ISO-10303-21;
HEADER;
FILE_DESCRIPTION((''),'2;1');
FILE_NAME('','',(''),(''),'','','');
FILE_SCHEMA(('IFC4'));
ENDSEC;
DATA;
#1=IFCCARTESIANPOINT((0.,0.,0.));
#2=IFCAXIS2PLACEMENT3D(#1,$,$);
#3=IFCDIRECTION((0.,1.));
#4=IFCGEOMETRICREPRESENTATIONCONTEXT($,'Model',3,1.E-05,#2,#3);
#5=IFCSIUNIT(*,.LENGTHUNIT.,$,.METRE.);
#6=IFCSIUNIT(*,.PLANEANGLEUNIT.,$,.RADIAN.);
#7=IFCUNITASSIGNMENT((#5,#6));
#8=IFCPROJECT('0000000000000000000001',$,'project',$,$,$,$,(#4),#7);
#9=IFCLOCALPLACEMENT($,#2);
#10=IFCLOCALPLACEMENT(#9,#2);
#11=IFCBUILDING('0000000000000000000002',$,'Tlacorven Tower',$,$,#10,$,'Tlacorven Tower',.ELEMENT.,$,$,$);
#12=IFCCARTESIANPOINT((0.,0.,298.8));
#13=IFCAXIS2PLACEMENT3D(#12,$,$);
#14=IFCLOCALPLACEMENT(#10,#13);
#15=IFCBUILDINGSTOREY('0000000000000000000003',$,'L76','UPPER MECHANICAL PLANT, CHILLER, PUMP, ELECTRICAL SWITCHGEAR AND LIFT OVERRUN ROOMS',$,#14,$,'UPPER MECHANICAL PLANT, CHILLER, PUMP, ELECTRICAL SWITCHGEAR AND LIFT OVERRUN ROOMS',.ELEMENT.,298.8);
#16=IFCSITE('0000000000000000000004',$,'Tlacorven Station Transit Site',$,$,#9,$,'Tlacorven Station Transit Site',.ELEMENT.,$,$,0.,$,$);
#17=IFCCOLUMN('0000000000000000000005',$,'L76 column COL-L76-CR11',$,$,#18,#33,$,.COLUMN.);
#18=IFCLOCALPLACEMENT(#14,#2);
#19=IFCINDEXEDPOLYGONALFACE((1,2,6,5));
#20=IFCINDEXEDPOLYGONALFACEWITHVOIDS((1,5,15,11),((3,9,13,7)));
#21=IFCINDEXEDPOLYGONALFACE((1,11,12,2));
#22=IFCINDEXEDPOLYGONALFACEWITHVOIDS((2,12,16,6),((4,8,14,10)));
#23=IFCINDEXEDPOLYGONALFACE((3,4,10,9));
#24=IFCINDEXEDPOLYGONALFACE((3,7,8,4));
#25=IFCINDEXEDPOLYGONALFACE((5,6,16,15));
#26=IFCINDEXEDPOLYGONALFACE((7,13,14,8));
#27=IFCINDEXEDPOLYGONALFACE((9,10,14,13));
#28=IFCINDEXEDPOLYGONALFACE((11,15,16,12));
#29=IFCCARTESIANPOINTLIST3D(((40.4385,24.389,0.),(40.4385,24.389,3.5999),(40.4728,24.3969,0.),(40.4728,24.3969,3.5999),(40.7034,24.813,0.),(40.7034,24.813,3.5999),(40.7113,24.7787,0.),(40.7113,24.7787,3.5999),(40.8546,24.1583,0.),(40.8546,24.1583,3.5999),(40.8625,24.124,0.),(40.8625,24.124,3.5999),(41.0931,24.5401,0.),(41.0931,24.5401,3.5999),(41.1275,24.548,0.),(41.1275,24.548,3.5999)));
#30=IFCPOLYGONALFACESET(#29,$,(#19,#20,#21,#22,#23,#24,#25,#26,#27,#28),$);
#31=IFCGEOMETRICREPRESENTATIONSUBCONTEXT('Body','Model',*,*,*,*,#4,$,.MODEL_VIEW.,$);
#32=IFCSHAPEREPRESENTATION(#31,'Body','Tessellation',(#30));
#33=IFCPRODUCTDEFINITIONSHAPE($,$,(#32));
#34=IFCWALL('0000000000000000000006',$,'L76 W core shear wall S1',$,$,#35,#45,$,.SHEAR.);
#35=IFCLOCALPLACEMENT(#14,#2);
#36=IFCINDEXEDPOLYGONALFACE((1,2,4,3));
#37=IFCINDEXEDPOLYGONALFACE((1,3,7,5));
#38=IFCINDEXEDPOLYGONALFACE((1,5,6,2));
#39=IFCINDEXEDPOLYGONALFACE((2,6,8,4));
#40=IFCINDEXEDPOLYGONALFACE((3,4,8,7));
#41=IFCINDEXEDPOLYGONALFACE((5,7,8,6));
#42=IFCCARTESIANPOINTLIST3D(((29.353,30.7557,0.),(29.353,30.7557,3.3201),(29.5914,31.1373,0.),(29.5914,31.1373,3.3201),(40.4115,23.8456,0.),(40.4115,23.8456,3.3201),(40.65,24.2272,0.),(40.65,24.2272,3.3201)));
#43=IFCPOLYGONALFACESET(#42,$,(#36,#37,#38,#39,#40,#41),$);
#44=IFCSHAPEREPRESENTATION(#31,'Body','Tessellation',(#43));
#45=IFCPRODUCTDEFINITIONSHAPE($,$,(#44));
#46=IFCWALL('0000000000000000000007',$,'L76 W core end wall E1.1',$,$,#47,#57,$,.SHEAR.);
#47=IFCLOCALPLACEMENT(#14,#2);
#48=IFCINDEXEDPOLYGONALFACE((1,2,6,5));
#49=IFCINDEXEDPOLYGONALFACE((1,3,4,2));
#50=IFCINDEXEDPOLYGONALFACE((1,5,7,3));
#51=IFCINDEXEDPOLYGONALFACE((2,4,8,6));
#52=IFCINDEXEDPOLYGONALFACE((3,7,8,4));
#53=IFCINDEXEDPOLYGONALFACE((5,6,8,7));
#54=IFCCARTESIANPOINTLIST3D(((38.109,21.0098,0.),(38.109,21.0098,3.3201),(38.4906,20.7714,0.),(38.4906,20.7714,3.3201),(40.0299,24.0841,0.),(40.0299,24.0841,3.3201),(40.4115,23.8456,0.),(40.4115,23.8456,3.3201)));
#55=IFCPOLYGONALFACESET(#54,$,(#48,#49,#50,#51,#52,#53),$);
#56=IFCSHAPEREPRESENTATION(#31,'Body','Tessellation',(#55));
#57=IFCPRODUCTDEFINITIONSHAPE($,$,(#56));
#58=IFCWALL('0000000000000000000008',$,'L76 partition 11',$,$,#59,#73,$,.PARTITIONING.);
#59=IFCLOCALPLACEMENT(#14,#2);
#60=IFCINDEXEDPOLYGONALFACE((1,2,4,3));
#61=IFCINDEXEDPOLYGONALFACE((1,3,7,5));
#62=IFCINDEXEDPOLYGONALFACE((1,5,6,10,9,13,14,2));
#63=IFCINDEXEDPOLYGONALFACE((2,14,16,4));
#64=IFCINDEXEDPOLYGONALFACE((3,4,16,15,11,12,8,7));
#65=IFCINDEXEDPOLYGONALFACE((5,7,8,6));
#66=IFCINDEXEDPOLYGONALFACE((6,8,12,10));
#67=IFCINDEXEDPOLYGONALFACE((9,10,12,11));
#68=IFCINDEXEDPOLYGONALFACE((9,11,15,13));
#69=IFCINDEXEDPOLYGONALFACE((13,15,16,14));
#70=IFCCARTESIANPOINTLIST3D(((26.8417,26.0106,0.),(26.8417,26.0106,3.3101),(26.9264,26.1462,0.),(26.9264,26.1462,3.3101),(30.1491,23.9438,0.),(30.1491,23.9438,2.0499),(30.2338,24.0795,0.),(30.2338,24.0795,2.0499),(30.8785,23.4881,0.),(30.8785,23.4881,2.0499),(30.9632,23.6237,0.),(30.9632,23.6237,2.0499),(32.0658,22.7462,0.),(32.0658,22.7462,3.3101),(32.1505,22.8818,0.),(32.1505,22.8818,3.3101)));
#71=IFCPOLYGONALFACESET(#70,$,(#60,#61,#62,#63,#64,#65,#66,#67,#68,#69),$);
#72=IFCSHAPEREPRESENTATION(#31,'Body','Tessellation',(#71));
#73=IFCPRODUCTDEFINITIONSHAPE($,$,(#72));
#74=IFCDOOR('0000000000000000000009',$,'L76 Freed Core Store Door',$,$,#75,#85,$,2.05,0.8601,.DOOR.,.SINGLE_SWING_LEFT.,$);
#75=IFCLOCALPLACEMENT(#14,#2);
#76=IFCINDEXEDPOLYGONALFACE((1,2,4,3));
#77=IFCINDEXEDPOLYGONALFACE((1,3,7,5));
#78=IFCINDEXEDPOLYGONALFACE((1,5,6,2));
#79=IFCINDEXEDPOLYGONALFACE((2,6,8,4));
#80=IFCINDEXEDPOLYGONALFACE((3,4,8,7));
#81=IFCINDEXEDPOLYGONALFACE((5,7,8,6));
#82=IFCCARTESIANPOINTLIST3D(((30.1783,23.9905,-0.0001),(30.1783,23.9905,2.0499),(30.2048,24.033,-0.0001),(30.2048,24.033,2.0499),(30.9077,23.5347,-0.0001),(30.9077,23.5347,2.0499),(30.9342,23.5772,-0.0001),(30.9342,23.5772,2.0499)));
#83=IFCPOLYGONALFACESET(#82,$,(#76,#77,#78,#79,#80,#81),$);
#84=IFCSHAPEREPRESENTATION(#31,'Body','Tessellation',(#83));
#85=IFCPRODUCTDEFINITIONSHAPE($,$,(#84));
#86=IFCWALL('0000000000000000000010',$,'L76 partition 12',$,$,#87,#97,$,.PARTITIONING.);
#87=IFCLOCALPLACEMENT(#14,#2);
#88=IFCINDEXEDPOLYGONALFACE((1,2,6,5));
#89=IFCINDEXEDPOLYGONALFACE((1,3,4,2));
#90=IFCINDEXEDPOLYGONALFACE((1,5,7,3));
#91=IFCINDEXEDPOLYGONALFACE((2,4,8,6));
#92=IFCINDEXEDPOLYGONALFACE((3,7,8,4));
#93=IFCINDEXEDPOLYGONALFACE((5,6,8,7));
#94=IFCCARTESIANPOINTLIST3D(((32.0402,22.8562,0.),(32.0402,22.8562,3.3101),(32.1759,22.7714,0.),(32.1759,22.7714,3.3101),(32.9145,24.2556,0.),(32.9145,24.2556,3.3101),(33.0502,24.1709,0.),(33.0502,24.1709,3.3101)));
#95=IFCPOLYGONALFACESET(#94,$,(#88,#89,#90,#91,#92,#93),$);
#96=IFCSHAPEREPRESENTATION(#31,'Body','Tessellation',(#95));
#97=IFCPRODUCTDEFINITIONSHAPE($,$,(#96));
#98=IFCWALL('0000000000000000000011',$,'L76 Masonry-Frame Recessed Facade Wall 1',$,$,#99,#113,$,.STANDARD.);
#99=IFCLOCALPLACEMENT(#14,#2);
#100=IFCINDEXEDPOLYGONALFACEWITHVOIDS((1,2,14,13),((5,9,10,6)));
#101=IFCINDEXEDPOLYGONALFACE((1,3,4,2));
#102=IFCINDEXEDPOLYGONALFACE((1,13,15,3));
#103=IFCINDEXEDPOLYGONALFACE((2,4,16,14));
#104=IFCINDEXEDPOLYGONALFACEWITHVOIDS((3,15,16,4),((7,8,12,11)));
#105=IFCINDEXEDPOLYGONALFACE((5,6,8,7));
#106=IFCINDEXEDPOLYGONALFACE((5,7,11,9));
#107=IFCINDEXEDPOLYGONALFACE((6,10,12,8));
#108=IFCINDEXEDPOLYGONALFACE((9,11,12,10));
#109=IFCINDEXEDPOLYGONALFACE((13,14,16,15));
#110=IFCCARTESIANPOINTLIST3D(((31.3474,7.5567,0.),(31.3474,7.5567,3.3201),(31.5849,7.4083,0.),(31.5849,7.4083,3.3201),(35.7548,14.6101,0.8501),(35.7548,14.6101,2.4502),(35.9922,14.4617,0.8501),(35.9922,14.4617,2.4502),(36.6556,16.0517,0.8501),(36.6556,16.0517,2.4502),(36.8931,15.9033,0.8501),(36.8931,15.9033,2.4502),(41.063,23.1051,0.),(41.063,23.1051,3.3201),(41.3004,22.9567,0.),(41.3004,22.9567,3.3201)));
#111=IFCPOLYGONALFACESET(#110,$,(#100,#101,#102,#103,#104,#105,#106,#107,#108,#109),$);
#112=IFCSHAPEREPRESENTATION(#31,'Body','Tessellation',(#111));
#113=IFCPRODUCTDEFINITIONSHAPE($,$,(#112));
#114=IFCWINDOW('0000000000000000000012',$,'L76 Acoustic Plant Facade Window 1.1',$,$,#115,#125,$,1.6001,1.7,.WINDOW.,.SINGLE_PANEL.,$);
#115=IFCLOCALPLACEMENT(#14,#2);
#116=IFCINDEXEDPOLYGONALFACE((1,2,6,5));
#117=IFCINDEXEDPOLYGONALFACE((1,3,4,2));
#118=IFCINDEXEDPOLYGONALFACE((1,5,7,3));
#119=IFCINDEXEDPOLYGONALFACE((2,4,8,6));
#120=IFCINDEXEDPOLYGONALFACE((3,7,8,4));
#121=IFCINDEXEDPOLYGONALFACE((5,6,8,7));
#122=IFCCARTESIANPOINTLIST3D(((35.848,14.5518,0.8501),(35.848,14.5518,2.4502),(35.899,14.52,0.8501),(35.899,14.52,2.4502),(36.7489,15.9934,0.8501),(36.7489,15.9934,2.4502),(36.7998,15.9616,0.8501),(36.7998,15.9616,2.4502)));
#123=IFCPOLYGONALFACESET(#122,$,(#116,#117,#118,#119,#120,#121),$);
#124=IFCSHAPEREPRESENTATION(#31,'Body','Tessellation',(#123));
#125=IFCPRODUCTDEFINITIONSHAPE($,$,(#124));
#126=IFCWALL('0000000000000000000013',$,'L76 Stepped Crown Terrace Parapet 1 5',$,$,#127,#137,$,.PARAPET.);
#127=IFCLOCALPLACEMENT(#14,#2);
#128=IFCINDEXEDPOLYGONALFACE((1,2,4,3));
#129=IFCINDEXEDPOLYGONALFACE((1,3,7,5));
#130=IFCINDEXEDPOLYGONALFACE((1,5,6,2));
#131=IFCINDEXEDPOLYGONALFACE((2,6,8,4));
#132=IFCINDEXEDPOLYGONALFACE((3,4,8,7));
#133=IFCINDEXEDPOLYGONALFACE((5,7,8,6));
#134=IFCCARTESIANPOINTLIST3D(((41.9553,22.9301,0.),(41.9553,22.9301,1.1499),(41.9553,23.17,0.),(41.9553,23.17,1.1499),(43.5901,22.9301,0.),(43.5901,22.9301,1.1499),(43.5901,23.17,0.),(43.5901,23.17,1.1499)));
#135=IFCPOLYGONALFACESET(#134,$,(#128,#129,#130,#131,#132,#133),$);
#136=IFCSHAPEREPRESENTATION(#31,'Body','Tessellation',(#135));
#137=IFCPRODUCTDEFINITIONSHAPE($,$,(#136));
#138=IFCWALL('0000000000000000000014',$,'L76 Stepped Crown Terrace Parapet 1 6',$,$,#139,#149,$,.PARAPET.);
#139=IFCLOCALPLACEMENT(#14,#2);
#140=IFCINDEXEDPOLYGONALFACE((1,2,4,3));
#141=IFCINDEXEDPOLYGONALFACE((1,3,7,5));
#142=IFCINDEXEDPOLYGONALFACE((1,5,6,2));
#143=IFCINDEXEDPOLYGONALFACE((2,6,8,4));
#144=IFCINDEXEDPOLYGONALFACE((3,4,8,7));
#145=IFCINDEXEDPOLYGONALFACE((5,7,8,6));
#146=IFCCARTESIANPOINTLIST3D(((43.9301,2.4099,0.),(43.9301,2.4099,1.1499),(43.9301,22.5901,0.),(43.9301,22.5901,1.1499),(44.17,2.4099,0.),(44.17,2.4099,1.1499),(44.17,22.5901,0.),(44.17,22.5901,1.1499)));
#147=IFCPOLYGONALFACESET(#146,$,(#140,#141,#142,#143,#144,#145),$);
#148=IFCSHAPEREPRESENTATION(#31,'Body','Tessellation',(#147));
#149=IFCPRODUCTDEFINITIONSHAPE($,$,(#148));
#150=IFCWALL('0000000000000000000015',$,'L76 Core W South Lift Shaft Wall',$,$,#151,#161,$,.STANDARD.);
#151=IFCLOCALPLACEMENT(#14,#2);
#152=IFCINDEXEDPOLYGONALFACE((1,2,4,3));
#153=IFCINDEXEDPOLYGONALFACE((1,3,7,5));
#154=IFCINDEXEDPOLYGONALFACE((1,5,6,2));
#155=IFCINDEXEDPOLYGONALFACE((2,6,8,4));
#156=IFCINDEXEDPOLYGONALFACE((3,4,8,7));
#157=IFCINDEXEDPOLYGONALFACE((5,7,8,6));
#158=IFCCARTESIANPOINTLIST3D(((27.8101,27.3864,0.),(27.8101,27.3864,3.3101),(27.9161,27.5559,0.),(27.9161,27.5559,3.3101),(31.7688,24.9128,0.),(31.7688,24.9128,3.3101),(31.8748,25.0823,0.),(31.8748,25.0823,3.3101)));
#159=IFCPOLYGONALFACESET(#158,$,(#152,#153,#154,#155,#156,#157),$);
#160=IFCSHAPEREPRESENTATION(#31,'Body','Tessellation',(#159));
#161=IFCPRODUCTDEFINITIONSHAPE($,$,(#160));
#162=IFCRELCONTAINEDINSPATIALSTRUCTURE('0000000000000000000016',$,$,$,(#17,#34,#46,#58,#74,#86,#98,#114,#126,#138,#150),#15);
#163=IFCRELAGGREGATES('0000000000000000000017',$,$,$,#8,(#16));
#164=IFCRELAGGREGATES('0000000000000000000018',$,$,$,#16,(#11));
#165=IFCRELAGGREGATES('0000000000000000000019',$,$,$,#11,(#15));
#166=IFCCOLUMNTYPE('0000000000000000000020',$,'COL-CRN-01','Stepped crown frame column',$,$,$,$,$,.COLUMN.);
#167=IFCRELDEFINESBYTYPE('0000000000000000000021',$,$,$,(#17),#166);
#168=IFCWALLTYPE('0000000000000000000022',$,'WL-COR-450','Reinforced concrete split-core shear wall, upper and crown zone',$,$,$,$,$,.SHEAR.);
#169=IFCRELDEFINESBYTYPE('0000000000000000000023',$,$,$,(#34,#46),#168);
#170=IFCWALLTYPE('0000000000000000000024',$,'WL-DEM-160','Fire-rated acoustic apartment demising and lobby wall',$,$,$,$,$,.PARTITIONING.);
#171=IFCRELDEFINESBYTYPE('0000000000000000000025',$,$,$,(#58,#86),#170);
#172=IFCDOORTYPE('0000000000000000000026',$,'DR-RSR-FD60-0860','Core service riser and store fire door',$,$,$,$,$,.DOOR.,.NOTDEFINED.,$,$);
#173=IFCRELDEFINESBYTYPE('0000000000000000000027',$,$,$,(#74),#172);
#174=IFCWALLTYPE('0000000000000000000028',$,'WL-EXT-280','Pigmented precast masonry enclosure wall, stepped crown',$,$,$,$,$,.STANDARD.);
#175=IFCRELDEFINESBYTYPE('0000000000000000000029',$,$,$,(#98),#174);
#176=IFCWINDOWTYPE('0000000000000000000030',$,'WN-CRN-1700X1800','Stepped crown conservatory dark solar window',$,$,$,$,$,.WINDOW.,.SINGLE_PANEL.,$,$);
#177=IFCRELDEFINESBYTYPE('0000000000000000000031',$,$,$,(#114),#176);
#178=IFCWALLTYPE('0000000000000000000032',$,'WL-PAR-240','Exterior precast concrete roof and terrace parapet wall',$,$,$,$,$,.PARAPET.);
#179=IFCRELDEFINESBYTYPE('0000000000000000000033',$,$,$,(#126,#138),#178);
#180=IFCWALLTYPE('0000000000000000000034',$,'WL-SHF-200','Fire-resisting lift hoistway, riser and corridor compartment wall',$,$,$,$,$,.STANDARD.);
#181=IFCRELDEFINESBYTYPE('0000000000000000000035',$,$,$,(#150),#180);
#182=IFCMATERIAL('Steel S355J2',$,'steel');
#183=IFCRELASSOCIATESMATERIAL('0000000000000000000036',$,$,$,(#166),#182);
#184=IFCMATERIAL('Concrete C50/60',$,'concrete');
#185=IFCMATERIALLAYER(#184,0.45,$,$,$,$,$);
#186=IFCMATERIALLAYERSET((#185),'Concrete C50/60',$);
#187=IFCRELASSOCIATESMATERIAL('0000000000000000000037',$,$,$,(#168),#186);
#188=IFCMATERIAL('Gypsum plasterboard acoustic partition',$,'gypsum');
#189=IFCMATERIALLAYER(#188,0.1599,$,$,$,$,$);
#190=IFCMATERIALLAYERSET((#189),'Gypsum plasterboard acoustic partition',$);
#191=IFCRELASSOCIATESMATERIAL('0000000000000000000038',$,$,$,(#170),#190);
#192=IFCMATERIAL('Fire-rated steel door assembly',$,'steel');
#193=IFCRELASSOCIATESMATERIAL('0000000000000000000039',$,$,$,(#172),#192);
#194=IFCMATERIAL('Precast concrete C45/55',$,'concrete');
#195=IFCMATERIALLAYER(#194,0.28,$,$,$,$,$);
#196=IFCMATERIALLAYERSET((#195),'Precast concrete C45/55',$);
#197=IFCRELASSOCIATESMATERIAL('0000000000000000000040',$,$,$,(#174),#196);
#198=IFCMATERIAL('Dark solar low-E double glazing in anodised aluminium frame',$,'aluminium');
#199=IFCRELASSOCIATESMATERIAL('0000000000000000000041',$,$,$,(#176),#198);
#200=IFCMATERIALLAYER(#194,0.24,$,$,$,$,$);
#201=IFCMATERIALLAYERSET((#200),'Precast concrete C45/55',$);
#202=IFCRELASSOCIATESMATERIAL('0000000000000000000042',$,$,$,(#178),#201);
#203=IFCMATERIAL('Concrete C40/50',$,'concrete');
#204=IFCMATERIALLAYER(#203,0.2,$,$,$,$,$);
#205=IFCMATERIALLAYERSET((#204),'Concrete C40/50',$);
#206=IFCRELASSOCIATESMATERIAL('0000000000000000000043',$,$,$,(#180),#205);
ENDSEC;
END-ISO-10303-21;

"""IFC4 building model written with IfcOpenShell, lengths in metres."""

from ifc_helpers import new_model, si_unit, direction, frame, frame_2d, origin, origin_2d, place, context, subcontext, project, spatial, rectangle, hollow_rectangle, extrude, source, transform, mapped, material, layer, layer_set, material_profile, profile_set, type_object, element, fill, save


model = new_model("IFC4")

# Units and contexts
model_context = context("Model", 3, precision=1e-05, world=origin(), true_north=direction((0.0, 1.0)))
body_context = subcontext(model_context, "Body", "Model", "MODEL_VIEW")
ifc_project = project(units=[si_unit("LENGTHUNIT", "METRE"), si_unit("PLANEANGLEUNIT", "RADIAN")], contexts=[model_context])

# Site, building, storey
site_placement = place(None, origin())
site = spatial("IfcSite", under=ifc_project, at=site_placement, Name="Tlacorven Station Transit Site", LongName="Tlacorven Station Transit Site", CompositionType="ELEMENT", RefElevation=0.0)
building_placement = place(site_placement, origin())
building = spatial("IfcBuilding", under=site, at=building_placement, Name="Tlacorven Tower", LongName="Tlacorven Tower", CompositionType="ELEMENT")
storey_placement = place(building_placement, frame((0.0, 0.0, 298.8)))
storey = spatial("IfcBuildingStorey", under=building, at=storey_placement, Name="L76", Description="UPPER MECHANICAL PLANT, CHILLER, PUMP, ELECTRICAL SWITCHGEAR AND LIFT OVERRUN ROOMS", LongName="UPPER MECHANICAL PLANT, CHILLER, PUMP, ELECTRICAL SWITCHGEAR AND LIFT OVERRUN ROOMS", CompositionType="ELEMENT", Elevation=298.8)

# Column
ifc_material_1 = material(Name="Steel S355J2", Category="steel")
ifc_material_profile = material_profile(ifc_material_1, hollow_rectangle(XDim=0.5, YDim=0.5, WallThickness=0.0249, at=origin_2d()), Name="BOX 500X500X25")
ifc_profile_set = profile_set([ifc_material_profile], Name="Steel S355J2")
column_type = type_object("IfcColumnType", Name="COL-CRN-01", Description="Stepped crown frame column", PredefinedType="COLUMN", material=ifc_profile_set)
shared_shape_1 = source(origin(), body_context, "Body", "SweptSolid", [
    extrude(hollow_rectangle(XDim=0.5, YDim=0.5, WallThickness=0.0249, at=origin_2d()), origin(), (0.0, 0.0, 1.0), 3.5999),
])
column_placement = place(storey_placement, frame((40.783, 24.4685, 0.0), z_axis=(0.0, 0.0, 1.0), x_axis=(-0.848048, 0.529919, 0.0)))
element("IfcColumn", 1, at=column_placement, inside=storey, type_object=column_type, Name="L76 column COL-L76-CR11", PredefinedType="COLUMN", context=body_context, shape_type="MappedRepresentation", body=[
    mapped(shared_shape_1, transform((0.0, 0.0, 0.0), scale=1.0)),
])

# Walls
ifc_material_2 = material(Name="Concrete C50/60", Category="concrete")
ifc_layer_1 = layer(ifc_material_2, 0.45)
ifc_layer_set_1 = layer_set([ifc_layer_1], Name="Concrete C50/60")
wall_type_1 = type_object("IfcWallType", Name="WL-COR-450", Description="Reinforced concrete split-core shear wall, upper and crown zone", PredefinedType="SHEAR", material=ifc_layer_set_1)
wall_1_placement = place(storey_placement, frame((40.5308, 24.0364, 0.0), z_axis=(0.0, 0.0, 1.0), x_axis=(-0.848049, 0.529918, 0.0)))
element("IfcWall", 2, at=wall_1_placement, inside=storey, type_object=wall_type_1, Name="L76 W core shear wall S1", PredefinedType="SHEAR", context=body_context, shape_type="SweptSolid", body=[
    extrude(rectangle(XDim=13.04, YDim=0.45, at=frame_2d((6.52, 0.0))), origin(), (0.0, 0.0, 1.0), 3.3201),
])
wall_2_placement = place(storey_placement, frame((40.2207, 23.9648, 0.0), z_axis=(0.0, 0.0, 1.0), x_axis=(-0.529902, -0.848059, 0.0)))
element("IfcWall", 3, at=wall_2_placement, inside=storey, type_object=wall_type_1, Name="L76 W core end wall E1.1", PredefinedType="SHEAR", context=body_context, shape_type="SweptSolid", body=[
    extrude(rectangle(XDim=3.625, YDim=0.45, at=frame_2d((1.8125, 0.0))), origin(), (0.0, 0.0, 1.0), 3.3201),
])

# Wall, opening, door
ifc_material_3 = material(Name="Gypsum plasterboard acoustic partition", Category="gypsum")
ifc_layer_2 = layer(ifc_material_3, 0.1599)
ifc_layer_set_2 = layer_set([ifc_layer_2], Name="Gypsum plasterboard acoustic partition")
wall_type_2 = type_object("IfcWallType", Name="WL-DEM-160", Description="Fire-rated acoustic apartment demising and lobby wall", PredefinedType="PARTITIONING", material=ifc_layer_set_2)
wall_3_placement = place(storey_placement, frame((32.1082, 22.814, 0.0), z_axis=(0.0, 0.0, 1.0), x_axis=(-0.848047, 0.529921, 0.0)))
wall_3 = element("IfcWall", 4, at=wall_3_placement, inside=storey, type_object=wall_type_2, Name="L76 partition 11", PredefinedType="PARTITIONING", context=body_context, shape_type="SweptSolid", body=[
    extrude(rectangle(XDim=6.1602, YDim=0.1599, at=frame_2d((3.0801, 0.0))), origin(), (0.0, 0.0, 1.0), 3.3101),
])
opening_1_placement = place(wall_3_placement, frame((1.3999, 0.0, 0.0)))
opening_1 = element("IfcOpeningElement", 5, at=opening_1_placement, cuts=wall_3, PredefinedType="OPENING", context=body_context, shape_type="SweptSolid", body=[
    extrude(rectangle(XDim=0.8601, YDim=2.05, at=frame_2d((0.4302, 1.0249))), frame((0.0, 0.0898, 0.0), z_axis=(0.0, -1.0, 0.0), x_axis=(1.0, 0.0, 0.0)), (0.0, 0.0, 1.0), 0.1799),
])
ifc_material_4 = material(Name="Fire-rated steel door assembly", Category="steel")
door_type = type_object("IfcDoorType", Name="DR-RSR-FD60-0860", Description="Core service riser and store fire door", OperationType="NOTDEFINED", PredefinedType="DOOR", material=ifc_material_4)
shared_shape_2 = source(origin(), body_context, "Body", "SweptSolid", [
    extrude(rectangle(XDim=0.8601, YDim=2.05, at=frame_2d((0.4302, 1.0249))), frame((0.0, 0.0249, 0.0), z_axis=(0.0, -1.0, 0.0), x_axis=(1.0, 0.0, 0.0)), (0.0, 0.0, 1.0), 0.05),
])
door_1_placement = place(opening_1_placement, origin())
door_1 = element("IfcDoor", 6, at=door_1_placement, inside=storey, type_object=door_type, Name="L76 Freed Core Store Door", OperationType="SINGLE_SWING_LEFT", OverallHeight=2.05, OverallWidth=0.8601, PredefinedType="DOOR", context=body_context, shape_type="MappedRepresentation", body=[
    mapped(shared_shape_2, transform((0.0, 0.0, 0.0), scale=1.0)),
])
fill(opening_1, door_1)

# Wall
wall_4_placement = place(storey_placement, frame((32.9824, 24.2134, 0.0), z_axis=(0.0, 0.0, 1.0), x_axis=(-0.529839, -0.848098, 0.0)))
element("IfcWall", 7, at=wall_4_placement, inside=storey, type_object=wall_type_2, Name="L76 partition 12", PredefinedType="PARTITIONING", context=body_context, shape_type="SweptSolid", body=[
    extrude(rectangle(XDim=1.6501, YDim=0.1599, at=frame_2d((0.8252, 0.0))), origin(), (0.0, 0.0, 1.0), 3.3101),
])

# Wall, opening, window
ifc_material_5 = material(Name="Precast concrete C45/55", Category="concrete")
ifc_layer_3 = layer(ifc_material_5, 0.28)
ifc_layer_set_3 = layer_set([ifc_layer_3], Name="Precast concrete C45/55")
wall_type_3 = type_object("IfcWallType", Name="WL-EXT-280", Description="Pigmented precast masonry enclosure wall, stepped crown", PredefinedType="STANDARD", material=ifc_layer_set_3)
wall_5_placement = place(storey_placement, frame((41.1816, 23.0308, 0.0), z_axis=(0.0, 0.0, 1.0), x_axis=(-0.529915, -0.848051, 0.0)))
wall_5 = element("IfcWall", 8, at=wall_5_placement, inside=storey, type_object=wall_type_3, Name="L76 Masonry-Frame Recessed Facade Wall 1", PredefinedType="STANDARD", context=body_context, shape_type="SweptSolid", body=[
    extrude(rectangle(XDim=18.3342, YDim=0.28, at=frame_2d((9.167, 0.0))), origin(), (0.0, 0.0, 1.0), 3.3201),
])
opening_2_placement = place(wall_5_placement, frame((8.3169, 0.0, 0.8501)))
opening_2 = element("IfcOpeningElement", 9, at=opening_2_placement, cuts=wall_5, PredefinedType="OPENING", context=body_context, shape_type="SweptSolid", body=[
    extrude(rectangle(XDim=1.7, YDim=1.6001, at=frame_2d((0.8501, 0.8))), frame((0.0, 0.1499, 0.0), z_axis=(0.0, -1.0, 0.0), x_axis=(1.0, 0.0, 0.0)), (0.0, 0.0, 1.0), 0.3),
])
ifc_material_6 = material(Name="Dark solar low-E double glazing in anodised aluminium frame", Category="aluminium")
window_type = type_object("IfcWindowType", Name="WN-CRN-1700X1800", Description="Stepped crown conservatory dark solar window", PartitioningType="SINGLE_PANEL", PredefinedType="WINDOW", material=ifc_material_6)
shared_shape_3 = source(origin(), body_context, "Body", "SweptSolid", [
    extrude(rectangle(XDim=1.7, YDim=1.6001, at=frame_2d((0.8501, 0.8))), frame((0.0, 0.03, 0.0), z_axis=(0.0, -1.0, 0.0), x_axis=(1.0, 0.0, 0.0)), (0.0, 0.0, 1.0), 0.0601),
])
window_placement = place(opening_2_placement, origin())
window = element("IfcWindow", 10, at=window_placement, inside=storey, type_object=window_type, Name="L76 Acoustic Plant Facade Window 1.1", OverallHeight=1.6001, OverallWidth=1.7, PartitioningType="SINGLE_PANEL", PredefinedType="WINDOW", context=body_context, shape_type="MappedRepresentation", body=[
    mapped(shared_shape_3, transform((0.0, 0.0, 0.0), scale=1.0)),
])
fill(opening_2, window)

# Walls
ifc_layer_4 = layer(ifc_material_5, 0.24)
ifc_layer_set_4 = layer_set([ifc_layer_4], Name="Precast concrete C45/55")
wall_type_4 = type_object("IfcWallType", Name="WL-PAR-240", Description="Exterior precast concrete roof and terrace parapet wall", PredefinedType="PARAPET", material=ifc_layer_set_4)
wall_6_placement = place(storey_placement, frame((41.9553, 23.05, 0.0), z_axis=(0.0, 0.0, 1.0), x_axis=(1.0, 0.0, 0.0)))
element("IfcWall", 11, at=wall_6_placement, inside=storey, type_object=wall_type_4, Name="L76 Stepped Crown Terrace Parapet 1 5", PredefinedType="PARAPET", context=body_context, shape_type="SweptSolid", body=[
    extrude(rectangle(XDim=1.6348, YDim=0.24, at=frame_2d((0.8174, 0.0))), origin(), (0.0, 0.0, 1.0), 1.1499),
])
wall_7_placement = place(storey_placement, frame((44.05, 22.5901, 0.0), z_axis=(0.0, 0.0, 1.0), x_axis=(0.0, -1.0, 0.0)))
element("IfcWall", 12, at=wall_7_placement, inside=storey, type_object=wall_type_4, Name="L76 Stepped Crown Terrace Parapet 1 6", PredefinedType="PARAPET", context=body_context, shape_type="SweptSolid", body=[
    extrude(rectangle(XDim=20.1802, YDim=0.24, at=frame_2d((10.0901, 0.0))), origin(), (0.0, 0.0, 1.0), 1.1499),
])
ifc_material_7 = material(Name="Concrete C40/50", Category="concrete")
ifc_layer_5 = layer(ifc_material_7, 0.2)
ifc_layer_set_5 = layer_set([ifc_layer_5], Name="Concrete C40/50")
wall_type_5 = type_object("IfcWallType", Name="WL-SHF-200", Description="Fire-resisting lift hoistway, riser and corridor compartment wall", PredefinedType="STANDARD", material=ifc_layer_set_5)
wall_8_placement = place(storey_placement, frame((31.8218, 24.9976, 0.0), z_axis=(0.0, 0.0, 1.0), x_axis=(-0.848054, 0.52991, 0.0)))
element("IfcWall", 13, at=wall_8_placement, inside=storey, type_object=wall_type_5, Name="L76 Core W South Lift Shaft Wall", PredefinedType="STANDARD", context=body_context, shape_type="SweptSolid", body=[
    extrude(rectangle(XDim=4.668, YDim=0.2, at=frame_2d((2.334, 0.0))), origin(), (0.0, 0.0, 1.0), 3.3101),
])

save(model, "model.ifc")
